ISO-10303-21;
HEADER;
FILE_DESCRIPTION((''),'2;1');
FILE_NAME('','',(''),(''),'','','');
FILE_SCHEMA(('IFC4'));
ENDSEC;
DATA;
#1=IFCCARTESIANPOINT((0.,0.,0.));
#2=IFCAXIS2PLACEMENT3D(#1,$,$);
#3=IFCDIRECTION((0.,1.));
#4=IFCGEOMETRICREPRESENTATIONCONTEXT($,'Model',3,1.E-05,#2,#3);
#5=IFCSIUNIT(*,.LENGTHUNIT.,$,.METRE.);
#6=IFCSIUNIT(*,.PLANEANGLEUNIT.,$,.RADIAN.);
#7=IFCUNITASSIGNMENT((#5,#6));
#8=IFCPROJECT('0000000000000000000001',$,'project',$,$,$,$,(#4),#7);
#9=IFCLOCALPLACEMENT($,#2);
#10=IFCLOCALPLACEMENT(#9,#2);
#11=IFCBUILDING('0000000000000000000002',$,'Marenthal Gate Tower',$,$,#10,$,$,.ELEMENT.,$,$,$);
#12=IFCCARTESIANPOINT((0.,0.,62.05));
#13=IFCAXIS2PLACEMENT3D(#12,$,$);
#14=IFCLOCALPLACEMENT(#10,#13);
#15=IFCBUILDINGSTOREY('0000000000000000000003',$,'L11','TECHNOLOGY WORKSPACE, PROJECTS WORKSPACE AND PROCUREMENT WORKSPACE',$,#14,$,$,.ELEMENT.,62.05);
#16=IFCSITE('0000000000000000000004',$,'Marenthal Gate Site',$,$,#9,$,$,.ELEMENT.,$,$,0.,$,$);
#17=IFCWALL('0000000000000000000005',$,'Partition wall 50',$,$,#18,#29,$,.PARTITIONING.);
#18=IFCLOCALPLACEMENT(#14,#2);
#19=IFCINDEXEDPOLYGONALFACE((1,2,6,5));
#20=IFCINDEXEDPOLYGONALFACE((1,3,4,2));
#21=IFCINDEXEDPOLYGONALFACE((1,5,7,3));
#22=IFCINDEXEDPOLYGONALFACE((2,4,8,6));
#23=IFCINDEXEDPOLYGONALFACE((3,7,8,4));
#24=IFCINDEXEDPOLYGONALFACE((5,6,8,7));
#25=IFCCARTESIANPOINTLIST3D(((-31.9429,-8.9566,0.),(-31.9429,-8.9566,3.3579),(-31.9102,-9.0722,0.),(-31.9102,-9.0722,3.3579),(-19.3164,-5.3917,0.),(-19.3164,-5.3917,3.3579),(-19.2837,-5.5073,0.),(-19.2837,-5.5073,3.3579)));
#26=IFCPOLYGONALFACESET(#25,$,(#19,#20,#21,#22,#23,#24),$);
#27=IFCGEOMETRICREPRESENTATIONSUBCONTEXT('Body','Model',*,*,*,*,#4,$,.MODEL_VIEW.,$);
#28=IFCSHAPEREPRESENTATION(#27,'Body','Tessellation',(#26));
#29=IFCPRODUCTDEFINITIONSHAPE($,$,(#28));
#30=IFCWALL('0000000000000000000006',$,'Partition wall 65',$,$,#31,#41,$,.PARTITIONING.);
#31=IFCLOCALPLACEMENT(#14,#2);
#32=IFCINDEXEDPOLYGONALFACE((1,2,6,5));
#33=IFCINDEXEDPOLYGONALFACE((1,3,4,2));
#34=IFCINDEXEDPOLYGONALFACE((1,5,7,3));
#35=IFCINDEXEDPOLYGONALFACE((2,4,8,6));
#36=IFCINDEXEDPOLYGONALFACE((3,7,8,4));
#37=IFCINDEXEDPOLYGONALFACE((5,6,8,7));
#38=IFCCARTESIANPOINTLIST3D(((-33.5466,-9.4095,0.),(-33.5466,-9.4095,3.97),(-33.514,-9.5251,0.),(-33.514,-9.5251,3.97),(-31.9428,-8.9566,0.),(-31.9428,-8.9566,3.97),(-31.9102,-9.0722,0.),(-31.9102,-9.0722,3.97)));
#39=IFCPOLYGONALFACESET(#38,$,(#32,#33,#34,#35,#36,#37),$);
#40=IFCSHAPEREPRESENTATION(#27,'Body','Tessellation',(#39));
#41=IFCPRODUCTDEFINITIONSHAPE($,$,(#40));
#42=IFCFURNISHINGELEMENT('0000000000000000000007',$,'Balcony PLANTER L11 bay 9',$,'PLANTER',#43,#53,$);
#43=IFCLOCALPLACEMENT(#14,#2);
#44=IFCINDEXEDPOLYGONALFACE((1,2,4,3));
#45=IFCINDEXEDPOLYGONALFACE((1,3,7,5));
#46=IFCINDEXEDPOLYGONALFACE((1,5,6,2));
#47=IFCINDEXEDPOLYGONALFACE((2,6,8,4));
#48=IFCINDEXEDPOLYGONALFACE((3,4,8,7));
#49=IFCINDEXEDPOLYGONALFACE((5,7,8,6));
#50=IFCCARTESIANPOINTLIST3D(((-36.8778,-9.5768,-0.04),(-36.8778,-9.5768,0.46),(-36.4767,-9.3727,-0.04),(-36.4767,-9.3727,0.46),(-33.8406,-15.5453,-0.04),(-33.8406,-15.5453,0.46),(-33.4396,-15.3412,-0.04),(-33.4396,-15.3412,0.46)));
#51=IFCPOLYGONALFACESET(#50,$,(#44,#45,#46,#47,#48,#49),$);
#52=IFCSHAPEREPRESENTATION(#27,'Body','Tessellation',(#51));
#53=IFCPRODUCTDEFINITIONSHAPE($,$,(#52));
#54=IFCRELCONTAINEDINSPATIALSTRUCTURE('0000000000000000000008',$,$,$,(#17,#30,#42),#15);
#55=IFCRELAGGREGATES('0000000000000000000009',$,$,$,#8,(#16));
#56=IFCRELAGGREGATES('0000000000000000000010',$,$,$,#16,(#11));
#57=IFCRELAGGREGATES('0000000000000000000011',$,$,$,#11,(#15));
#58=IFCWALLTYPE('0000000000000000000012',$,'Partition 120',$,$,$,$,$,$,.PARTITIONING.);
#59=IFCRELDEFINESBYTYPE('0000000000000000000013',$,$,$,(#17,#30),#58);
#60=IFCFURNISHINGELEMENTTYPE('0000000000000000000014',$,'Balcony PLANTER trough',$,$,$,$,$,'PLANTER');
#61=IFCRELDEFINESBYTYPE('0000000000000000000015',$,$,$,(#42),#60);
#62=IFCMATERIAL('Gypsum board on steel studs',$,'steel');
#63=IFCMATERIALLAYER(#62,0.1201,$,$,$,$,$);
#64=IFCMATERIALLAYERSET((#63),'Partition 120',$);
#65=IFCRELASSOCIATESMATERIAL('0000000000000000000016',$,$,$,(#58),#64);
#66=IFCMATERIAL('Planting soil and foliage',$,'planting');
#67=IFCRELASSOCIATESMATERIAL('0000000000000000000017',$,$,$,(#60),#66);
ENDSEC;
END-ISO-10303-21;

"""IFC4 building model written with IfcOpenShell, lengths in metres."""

from ifc_helpers import new_model, si_unit, direction, frame, frame_2d, origin, origin_2d, place, context, subcontext, project, spatial, rectangle, extrude, material, layer, layer_set, type_object, element, save


model = new_model("IFC4")

# Units and contexts
model_context = context("Model", 3, precision=1e-05, world=origin(), true_north=direction((0.0, 1.0)))
body_context = subcontext(model_context, "Body", "Model", "MODEL_VIEW")
ifc_project = project(units=[si_unit("LENGTHUNIT", "METRE"), si_unit("PLANEANGLEUNIT", "RADIAN")], contexts=[model_context])

# Site, building, storey
site_placement = place(None, origin())
site = spatial("IfcSite", under=ifc_project, at=site_placement, Name="Marenthal Gate Site", CompositionType="ELEMENT", RefElevation=0.0)
building_placement = place(site_placement, origin())
building = spatial("IfcBuilding", under=site, at=building_placement, Name="Marenthal Gate Tower", CompositionType="ELEMENT")
storey_placement = place(building_placement, frame((0.0, 0.0, 62.05)))
storey = spatial("IfcBuildingStorey", under=building, at=storey_placement, Name="L11", Description="TECHNOLOGY WORKSPACE, PROJECTS WORKSPACE AND PROCUREMENT WORKSPACE", CompositionType="ELEMENT", Elevation=62.05)

# Walls
ifc_material_1 = material(Name="Gypsum board on steel studs", Category="steel")
ifc_layer_1 = layer(ifc_material_1, 0.1201)
ifc_layer_set_1 = layer_set([ifc_layer_1], Name="Partition 120")
wall_type_1 = type_object("IfcWallType", Name="Partition 120", PredefinedType="PARTITIONING", material=ifc_layer_set_1)
wall_1_placement = place(storey_placement, frame((-19.3, -5.4495, 0.0), z_axis=(0.0, 0.0, 1.0), x_axis=(-0.962377, -0.271716, 0.0)))
element("IfcWall", 1, at=wall_1_placement, inside=storey, type_object=wall_type_1, Name="Partition wall 50", PredefinedType="PARTITIONING", context=body_context, shape_type="SweptSolid", body=[
    extrude(rectangle(XDim=13.1201, YDim=0.1201, at=frame_2d((6.5601, 0.0))), origin(), (0.0, 0.0, 1.0), 3.3579),
])
wall_2_placement = place(storey_placement, frame((-31.9265, -9.0144, 0.0), z_axis=(0.0, 0.0, 1.0), x_axis=(-0.962365, -0.271759, 0.0)))
element("IfcWall", 2, at=wall_2_placement, inside=storey, type_object=wall_type_1, Name="Partition wall 65", PredefinedType="PARTITIONING", context=body_context, shape_type="SweptSolid", body=[
    extrude(rectangle(XDim=1.6665, YDim=0.1201, at=frame_2d((0.8333, 0.0))), origin(), (0.0, 0.0, 1.0), 3.97),
])

# Furnishing element
ifc_material_2 = material(Name="Planting soil and foliage", Category="planting")
furnishing_element_type = type_object("IfcFurnishingElementType", Name="Balcony PLANTER trough", ElementType="PLANTER", material=ifc_material_2)
furnishing_placement = place(storey_placement, frame((-35.1587, -12.459, -0.04), z_axis=(0.0, 0.0, 1.0), x_axis=(0.453518, -0.891247, 0.0)))
element("IfcFurnishingElement", 3, at=furnishing_placement, inside=storey, type_object=furnishing_element_type, Name="Balcony PLANTER L11 bay 9", ObjectType="PLANTER", context=body_context, shape_type="SweptSolid", body=[
    extrude(rectangle(XDim=6.6968, YDim=0.45, at=origin_2d()), origin(), (0.0, 0.0, 1.0), 0.5),
])

save(model, "model.ifc")
